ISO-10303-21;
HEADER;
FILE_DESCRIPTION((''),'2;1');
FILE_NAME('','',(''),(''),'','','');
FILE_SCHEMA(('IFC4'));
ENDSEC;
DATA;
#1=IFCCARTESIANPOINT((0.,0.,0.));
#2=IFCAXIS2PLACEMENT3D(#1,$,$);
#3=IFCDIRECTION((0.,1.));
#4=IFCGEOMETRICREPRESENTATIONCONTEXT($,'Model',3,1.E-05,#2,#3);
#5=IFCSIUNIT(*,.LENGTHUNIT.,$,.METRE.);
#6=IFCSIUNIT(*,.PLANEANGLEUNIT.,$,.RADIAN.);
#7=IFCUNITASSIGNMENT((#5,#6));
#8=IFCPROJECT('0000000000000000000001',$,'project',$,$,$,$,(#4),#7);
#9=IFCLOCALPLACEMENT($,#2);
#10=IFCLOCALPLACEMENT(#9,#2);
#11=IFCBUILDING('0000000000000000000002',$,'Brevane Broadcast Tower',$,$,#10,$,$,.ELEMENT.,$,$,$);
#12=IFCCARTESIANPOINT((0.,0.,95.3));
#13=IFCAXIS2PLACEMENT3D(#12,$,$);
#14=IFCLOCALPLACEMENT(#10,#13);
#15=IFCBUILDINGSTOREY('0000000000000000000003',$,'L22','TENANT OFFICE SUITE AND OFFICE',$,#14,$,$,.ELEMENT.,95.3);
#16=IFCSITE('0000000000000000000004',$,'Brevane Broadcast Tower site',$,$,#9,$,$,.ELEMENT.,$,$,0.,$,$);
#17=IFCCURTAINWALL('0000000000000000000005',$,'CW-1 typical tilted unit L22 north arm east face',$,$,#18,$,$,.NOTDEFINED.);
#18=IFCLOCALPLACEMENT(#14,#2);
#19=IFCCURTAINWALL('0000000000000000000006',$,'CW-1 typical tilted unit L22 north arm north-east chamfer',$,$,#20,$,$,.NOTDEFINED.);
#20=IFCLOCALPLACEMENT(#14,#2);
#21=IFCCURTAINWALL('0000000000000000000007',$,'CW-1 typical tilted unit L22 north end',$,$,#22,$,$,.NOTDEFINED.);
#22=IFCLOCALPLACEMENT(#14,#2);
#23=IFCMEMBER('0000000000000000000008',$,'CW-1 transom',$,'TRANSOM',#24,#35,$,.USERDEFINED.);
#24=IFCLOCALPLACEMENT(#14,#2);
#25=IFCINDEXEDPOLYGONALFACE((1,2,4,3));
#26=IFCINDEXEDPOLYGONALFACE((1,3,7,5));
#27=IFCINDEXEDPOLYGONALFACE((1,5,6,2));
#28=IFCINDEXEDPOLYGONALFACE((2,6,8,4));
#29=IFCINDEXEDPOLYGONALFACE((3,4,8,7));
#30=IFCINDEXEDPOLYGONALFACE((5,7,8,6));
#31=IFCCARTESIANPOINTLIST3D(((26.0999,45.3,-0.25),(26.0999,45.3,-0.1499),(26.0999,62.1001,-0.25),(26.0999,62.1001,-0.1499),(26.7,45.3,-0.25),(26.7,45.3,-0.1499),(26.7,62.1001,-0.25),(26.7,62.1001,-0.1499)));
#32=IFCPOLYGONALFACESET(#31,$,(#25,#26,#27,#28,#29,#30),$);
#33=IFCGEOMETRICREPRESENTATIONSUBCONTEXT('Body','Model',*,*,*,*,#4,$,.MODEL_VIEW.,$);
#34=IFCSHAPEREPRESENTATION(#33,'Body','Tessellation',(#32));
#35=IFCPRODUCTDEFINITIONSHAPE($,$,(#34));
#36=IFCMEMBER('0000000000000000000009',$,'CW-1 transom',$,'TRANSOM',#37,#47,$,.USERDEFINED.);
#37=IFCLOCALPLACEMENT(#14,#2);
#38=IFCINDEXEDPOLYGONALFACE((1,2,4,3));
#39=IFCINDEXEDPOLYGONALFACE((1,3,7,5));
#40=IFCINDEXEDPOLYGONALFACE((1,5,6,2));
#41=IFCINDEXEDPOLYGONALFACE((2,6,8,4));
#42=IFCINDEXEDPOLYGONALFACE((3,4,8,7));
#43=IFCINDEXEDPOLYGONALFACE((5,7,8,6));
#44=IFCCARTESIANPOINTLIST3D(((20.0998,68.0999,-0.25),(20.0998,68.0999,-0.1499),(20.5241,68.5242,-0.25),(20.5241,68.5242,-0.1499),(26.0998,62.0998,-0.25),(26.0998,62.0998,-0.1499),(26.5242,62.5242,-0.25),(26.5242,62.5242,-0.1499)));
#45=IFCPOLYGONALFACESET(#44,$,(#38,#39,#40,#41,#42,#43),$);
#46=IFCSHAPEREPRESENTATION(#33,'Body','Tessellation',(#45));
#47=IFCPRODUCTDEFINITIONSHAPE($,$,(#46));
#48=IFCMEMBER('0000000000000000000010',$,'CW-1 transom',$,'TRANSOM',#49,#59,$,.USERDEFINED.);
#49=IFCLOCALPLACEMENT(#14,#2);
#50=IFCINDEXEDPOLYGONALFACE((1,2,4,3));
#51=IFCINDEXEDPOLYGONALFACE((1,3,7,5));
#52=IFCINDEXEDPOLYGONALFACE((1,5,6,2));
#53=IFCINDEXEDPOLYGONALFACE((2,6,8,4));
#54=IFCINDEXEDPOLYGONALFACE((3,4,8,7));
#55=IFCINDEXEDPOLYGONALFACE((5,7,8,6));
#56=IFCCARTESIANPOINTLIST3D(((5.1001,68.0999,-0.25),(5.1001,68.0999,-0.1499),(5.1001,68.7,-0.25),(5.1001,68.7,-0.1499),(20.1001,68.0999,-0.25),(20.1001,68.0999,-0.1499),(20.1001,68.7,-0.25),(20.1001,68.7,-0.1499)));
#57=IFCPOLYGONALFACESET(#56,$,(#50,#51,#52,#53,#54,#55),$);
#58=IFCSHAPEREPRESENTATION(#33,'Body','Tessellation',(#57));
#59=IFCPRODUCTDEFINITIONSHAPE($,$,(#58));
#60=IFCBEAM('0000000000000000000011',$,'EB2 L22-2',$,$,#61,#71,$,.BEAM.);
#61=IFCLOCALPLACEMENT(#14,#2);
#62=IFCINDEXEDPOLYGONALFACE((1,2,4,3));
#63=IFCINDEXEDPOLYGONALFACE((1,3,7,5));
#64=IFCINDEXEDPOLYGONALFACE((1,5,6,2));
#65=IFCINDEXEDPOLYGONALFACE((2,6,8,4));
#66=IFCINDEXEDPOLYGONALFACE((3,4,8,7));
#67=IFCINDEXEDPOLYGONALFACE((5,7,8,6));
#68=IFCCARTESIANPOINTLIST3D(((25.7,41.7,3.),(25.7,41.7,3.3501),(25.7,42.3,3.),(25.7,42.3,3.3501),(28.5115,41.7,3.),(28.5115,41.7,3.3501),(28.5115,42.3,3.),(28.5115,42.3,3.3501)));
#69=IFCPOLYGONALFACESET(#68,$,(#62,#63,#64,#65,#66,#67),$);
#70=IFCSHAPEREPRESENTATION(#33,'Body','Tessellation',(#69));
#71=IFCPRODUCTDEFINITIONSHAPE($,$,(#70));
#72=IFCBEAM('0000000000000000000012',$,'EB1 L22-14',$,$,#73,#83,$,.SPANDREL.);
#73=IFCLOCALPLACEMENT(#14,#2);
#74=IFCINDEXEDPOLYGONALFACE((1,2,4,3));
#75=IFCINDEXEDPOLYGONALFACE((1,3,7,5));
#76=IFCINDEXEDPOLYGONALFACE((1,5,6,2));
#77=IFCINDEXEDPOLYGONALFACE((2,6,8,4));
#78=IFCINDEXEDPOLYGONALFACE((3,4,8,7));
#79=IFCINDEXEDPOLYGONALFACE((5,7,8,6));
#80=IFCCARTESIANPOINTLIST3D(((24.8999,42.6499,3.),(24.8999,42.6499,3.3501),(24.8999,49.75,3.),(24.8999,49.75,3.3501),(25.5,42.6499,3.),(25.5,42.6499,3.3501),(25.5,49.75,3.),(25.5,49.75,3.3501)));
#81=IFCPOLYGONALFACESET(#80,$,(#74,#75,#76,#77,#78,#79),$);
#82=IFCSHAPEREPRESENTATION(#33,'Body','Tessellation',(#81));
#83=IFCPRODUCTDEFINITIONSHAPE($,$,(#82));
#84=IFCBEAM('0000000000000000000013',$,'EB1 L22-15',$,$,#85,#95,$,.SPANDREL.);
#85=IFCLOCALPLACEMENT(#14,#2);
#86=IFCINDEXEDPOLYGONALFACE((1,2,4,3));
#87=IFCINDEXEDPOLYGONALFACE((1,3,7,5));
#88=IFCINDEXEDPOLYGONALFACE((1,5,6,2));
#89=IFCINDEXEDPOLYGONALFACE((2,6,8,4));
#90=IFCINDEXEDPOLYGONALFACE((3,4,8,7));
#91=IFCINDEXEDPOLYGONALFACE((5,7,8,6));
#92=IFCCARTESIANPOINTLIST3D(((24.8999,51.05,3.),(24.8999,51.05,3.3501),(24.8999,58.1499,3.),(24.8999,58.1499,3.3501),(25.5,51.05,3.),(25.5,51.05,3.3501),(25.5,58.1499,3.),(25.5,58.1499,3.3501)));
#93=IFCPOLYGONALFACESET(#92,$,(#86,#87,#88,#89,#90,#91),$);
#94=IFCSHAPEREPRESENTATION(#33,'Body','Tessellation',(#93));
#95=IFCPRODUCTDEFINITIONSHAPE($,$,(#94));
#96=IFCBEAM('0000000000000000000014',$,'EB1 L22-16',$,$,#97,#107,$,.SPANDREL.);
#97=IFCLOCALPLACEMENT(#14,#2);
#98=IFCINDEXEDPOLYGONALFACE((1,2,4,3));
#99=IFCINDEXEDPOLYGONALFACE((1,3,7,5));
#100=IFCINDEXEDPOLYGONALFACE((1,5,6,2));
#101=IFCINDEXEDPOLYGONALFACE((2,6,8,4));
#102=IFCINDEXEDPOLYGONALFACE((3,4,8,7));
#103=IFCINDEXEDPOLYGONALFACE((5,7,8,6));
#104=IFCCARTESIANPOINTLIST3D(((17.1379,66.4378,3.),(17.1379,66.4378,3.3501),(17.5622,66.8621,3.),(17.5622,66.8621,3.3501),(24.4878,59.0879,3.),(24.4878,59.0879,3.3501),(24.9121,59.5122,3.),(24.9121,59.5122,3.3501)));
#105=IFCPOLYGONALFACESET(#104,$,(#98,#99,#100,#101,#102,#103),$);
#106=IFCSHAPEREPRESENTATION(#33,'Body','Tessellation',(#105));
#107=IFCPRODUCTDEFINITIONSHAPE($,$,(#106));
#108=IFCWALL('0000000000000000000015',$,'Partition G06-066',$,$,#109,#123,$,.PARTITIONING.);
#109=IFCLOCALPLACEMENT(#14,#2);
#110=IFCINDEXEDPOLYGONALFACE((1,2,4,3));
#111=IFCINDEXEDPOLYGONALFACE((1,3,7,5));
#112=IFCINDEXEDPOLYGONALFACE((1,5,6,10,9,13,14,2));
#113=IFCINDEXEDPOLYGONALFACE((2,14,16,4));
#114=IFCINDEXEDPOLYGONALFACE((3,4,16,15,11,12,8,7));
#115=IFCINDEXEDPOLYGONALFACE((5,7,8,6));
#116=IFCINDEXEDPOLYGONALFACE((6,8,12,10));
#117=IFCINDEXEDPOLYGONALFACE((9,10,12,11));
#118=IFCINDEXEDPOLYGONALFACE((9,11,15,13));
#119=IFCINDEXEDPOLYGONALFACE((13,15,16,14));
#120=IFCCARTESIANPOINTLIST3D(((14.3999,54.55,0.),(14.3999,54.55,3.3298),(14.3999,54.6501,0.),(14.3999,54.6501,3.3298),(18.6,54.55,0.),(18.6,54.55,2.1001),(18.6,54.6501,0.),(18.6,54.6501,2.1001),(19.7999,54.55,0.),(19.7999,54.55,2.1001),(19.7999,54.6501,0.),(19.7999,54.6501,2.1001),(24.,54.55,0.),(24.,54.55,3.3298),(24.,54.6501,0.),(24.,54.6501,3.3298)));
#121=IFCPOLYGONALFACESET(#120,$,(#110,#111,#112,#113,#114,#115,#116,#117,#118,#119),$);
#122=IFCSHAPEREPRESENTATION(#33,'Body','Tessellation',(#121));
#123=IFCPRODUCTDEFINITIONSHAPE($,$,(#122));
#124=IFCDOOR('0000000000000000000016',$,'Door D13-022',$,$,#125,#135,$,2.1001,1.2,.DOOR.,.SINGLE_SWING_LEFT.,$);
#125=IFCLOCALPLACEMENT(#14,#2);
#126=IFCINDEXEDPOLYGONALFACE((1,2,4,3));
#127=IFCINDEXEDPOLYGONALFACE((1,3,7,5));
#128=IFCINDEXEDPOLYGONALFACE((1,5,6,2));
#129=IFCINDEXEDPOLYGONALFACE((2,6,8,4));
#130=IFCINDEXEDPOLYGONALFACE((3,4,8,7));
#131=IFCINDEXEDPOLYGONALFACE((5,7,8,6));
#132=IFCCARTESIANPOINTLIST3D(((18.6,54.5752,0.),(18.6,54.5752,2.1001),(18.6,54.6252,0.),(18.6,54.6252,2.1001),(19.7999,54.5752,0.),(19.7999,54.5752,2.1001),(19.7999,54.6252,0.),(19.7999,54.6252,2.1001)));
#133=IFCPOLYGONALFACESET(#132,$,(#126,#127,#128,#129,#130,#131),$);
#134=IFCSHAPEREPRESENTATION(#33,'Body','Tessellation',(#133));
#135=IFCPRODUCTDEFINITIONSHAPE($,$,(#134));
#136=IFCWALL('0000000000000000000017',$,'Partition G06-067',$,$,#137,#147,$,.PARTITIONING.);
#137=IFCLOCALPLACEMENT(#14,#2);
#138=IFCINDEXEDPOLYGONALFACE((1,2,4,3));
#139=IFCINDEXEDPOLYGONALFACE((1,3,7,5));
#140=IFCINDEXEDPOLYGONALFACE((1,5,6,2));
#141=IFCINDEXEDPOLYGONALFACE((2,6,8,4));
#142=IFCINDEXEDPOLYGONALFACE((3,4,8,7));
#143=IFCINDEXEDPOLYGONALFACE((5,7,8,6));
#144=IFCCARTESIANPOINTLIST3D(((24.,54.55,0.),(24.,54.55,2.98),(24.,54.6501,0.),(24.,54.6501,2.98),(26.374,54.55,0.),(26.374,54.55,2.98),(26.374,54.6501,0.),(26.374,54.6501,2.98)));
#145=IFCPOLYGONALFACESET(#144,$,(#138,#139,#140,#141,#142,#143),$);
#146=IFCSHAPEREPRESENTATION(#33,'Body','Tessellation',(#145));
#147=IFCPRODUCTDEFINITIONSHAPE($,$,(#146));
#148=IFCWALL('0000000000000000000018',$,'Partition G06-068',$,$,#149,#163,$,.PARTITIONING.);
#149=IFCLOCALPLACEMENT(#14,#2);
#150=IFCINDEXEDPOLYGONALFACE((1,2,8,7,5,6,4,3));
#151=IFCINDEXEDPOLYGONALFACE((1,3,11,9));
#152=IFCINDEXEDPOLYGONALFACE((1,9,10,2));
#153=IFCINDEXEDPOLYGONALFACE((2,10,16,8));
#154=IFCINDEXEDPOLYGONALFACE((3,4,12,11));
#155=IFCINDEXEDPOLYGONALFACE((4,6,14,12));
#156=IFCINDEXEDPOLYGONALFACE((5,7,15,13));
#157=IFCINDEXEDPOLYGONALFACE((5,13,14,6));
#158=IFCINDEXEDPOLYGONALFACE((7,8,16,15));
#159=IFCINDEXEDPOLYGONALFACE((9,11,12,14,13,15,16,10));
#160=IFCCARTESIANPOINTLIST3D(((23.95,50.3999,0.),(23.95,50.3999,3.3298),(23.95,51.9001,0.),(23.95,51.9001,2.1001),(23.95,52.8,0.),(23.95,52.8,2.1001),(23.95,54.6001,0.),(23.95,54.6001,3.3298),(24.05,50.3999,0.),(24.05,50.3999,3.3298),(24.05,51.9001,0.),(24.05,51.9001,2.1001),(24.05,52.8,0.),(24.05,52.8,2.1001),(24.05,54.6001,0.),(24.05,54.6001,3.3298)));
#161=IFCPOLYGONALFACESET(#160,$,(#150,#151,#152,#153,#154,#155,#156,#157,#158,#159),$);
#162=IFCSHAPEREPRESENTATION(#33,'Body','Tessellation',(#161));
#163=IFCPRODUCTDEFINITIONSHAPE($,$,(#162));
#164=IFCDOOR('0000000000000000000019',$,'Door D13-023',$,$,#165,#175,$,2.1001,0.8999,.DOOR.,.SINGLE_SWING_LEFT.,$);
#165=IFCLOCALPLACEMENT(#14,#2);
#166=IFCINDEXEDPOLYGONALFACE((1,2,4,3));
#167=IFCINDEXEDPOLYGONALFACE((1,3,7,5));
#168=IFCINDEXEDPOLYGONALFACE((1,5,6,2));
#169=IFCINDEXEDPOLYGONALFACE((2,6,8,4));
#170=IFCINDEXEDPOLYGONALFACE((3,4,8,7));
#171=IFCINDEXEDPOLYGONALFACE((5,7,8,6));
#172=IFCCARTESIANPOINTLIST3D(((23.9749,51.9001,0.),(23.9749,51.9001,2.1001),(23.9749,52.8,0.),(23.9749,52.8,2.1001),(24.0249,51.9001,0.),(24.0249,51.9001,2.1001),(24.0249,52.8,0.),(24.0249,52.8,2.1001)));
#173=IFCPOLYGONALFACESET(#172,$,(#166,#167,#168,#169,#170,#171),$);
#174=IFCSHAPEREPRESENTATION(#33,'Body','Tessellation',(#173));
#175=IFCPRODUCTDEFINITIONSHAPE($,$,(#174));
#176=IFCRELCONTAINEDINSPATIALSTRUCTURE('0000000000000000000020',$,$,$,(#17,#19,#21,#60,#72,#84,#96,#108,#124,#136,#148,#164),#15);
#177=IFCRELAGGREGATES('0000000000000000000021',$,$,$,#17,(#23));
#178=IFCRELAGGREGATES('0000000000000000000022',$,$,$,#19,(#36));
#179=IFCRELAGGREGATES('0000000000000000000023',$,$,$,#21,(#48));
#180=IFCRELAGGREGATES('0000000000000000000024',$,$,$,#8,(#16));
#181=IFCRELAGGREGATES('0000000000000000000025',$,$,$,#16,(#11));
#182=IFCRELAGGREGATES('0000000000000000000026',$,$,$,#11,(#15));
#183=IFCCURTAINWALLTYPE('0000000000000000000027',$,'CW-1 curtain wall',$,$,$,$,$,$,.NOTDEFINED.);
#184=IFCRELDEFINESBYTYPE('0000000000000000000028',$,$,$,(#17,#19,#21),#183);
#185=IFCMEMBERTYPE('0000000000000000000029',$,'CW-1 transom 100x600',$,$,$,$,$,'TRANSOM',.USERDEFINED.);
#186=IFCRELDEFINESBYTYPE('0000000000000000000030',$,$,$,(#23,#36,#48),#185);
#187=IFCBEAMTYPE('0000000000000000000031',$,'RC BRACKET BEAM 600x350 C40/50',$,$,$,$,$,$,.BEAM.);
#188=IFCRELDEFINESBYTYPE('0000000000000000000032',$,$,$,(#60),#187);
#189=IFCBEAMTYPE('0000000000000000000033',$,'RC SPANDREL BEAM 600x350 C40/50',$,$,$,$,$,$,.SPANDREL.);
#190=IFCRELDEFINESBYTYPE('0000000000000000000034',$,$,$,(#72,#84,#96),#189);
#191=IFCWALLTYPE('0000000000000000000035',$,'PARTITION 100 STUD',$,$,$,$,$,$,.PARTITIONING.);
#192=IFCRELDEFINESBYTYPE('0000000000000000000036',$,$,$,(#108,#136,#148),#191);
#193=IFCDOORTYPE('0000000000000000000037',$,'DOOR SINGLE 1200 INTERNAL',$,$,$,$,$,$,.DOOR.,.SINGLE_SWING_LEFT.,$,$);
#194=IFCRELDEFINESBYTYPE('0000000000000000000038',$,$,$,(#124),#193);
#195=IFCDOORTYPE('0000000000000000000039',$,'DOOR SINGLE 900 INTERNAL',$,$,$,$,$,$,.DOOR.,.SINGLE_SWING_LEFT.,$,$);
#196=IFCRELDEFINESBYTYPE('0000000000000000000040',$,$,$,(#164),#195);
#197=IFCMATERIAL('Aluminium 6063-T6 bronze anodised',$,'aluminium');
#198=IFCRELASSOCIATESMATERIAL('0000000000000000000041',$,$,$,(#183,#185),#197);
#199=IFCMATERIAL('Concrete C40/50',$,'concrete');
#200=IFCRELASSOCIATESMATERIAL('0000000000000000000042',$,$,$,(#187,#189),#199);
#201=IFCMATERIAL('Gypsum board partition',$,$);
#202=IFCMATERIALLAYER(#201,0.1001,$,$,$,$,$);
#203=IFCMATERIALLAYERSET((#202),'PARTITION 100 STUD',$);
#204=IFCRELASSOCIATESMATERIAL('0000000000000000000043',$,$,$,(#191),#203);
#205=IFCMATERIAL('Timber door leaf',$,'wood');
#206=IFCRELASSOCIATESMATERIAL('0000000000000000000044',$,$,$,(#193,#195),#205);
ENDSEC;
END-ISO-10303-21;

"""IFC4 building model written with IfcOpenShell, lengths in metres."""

from ifc_helpers import new_model, si_unit, direction, frame, frame_2d, origin, origin_2d, place, context, subcontext, project, spatial, rectangle, extrude, material, layer, layer_set, material_profile, profile_set, type_object, element, fill, aggregate, save


model = new_model("IFC4")

# Units and contexts
model_context = context("Model", 3, precision=1e-05, world=origin(), true_north=direction((0.0, 1.0)))
body_context = subcontext(model_context, "Body", "Model", "MODEL_VIEW")
ifc_project = project(units=[si_unit("LENGTHUNIT", "METRE"), si_unit("PLANEANGLEUNIT", "RADIAN")], contexts=[model_context])

# Site, building, storey
site_placement = place(None, origin())
site = spatial("IfcSite", under=ifc_project, at=site_placement, Name="Brevane Broadcast Tower site", CompositionType="ELEMENT", RefElevation=0.0)
building_placement = place(site_placement, origin())
building = spatial("IfcBuilding", under=site, at=building_placement, Name="Brevane Broadcast Tower", CompositionType="ELEMENT")
storey_placement = place(building_placement, frame((0.0, 0.0, 95.3)))
storey = spatial("IfcBuildingStorey", under=building, at=storey_placement, Name="L22", Description="TENANT OFFICE SUITE AND OFFICE", CompositionType="ELEMENT", Elevation=95.3)

# Shared definitions
ifc_material_1 = material(Name="Aluminium 6063-T6 bronze anodised", Category="aluminium")
curtain_wall_type = type_object("IfcCurtainWallType", Name="CW-1 curtain wall", PredefinedType="NOTDEFINED", material=ifc_material_1)

# Curtain walls
curtain_wall_1_placement = place(storey_placement, origin())
curtain_wall_1 = element("IfcCurtainWall", 1, at=curtain_wall_1_placement, inside=storey, type_object=curtain_wall_type, Name="CW-1 typical tilted unit L22 north arm east face", PredefinedType="NOTDEFINED")
curtain_wall_2_placement = place(storey_placement, origin())
curtain_wall_2 = element("IfcCurtainWall", 2, at=curtain_wall_2_placement, inside=storey, type_object=curtain_wall_type, Name="CW-1 typical tilted unit L22 north arm north-east chamfer", PredefinedType="NOTDEFINED")

# Curtain wall
curtain_wall_3_placement = place(storey_placement, origin())
curtain_wall_3 = element("IfcCurtainWall", 3, at=curtain_wall_3_placement, inside=storey, type_object=curtain_wall_type, Name="CW-1 typical tilted unit L22 north end", PredefinedType="NOTDEFINED")

# Members
ifc_material_profile_1 = material_profile(ifc_material_1, rectangle(XDim=0.6001, YDim=0.1001, at=origin_2d()), Name="RECT 100x600")
ifc_profile_set_1 = profile_set([ifc_material_profile_1], Name="Aluminium 6063-T6 bronze anodised")
member_type_1 = type_object("IfcMemberType", Name="CW-1 transom 100x600", ElementType="TRANSOM", PredefinedType="USERDEFINED", material=ifc_profile_set_1)
member_1_placement = place(storey_placement, frame((26.3999, 45.3, -0.2), z_axis=(0.0, 1.0, 0.0), x_axis=(-1.0, 0.0, 0.0)))
member_1 = element("IfcMember", 4, at=member_1_placement, type_object=member_type_1, Name="CW-1 transom", ObjectType="TRANSOM", PredefinedType="USERDEFINED", context=body_context, shape_type="SweptSolid", body=[
    extrude(rectangle(XDim=0.6001, YDim=0.1001, at=origin_2d()), origin(), (0.0, 0.0, 1.0), 16.8),
])
aggregate(curtain_wall_1, [member_1])
member_2_placement = place(storey_placement, frame((26.312, 62.312, -0.2), z_axis=(-0.707107, 0.707107, 0.0), x_axis=(-0.707107, -0.707107, 0.0)))
member_2 = element("IfcMember", 5, at=member_2_placement, type_object=member_type_1, Name="CW-1 transom", ObjectType="TRANSOM", PredefinedType="USERDEFINED", context=body_context, shape_type="SweptSolid", body=[
    extrude(rectangle(XDim=0.6001, YDim=0.1001, at=origin_2d()), origin(), (0.0, 0.0, 1.0), 8.4854),
])
aggregate(curtain_wall_2, [member_2])
member_3_placement = place(storey_placement, frame((20.1001, 68.3999, -0.2), z_axis=(-1.0, 0.0, 0.0), x_axis=(0.0, -1.0, 0.0)))
member_3 = element("IfcMember", 6, at=member_3_placement, type_object=member_type_1, Name="CW-1 transom", ObjectType="TRANSOM", PredefinedType="USERDEFINED", context=body_context, shape_type="SweptSolid", body=[
    extrude(rectangle(XDim=0.6001, YDim=0.1001, at=origin_2d()), origin(), (0.0, 0.0, 1.0), 15.0),
])
aggregate(curtain_wall_3, [member_3])

# Beams
ifc_material_2 = material(Name="Concrete C40/50", Category="concrete")
ifc_material_profile_2 = material_profile(ifc_material_2, rectangle(XDim=0.6001, YDim=0.3501, at=origin_2d()), Name="RC 600x350")
ifc_profile_set_2 = profile_set([ifc_material_profile_2], Name="Concrete C40/50")
beam_type_1 = type_object("IfcBeamType", Name="RC BRACKET BEAM 600x350 C40/50", PredefinedType="BEAM", material=ifc_profile_set_2)
beam_1_placement = place(storey_placement, frame((25.7, 42.0, 3.175), z_axis=(1.0, 0.0, 0.0), x_axis=(0.0, 1.0, 0.0)))
element("IfcBeam", 7, at=beam_1_placement, inside=storey, type_object=beam_type_1, Name="EB2 L22-2", PredefinedType="BEAM", context=body_context, shape_type="SweptSolid", body=[
    extrude(rectangle(XDim=0.6001, YDim=0.3501, at=origin_2d()), origin(), (0.0, 0.0, 1.0), 2.8115),
])
ifc_material_profile_3 = material_profile(ifc_material_2, rectangle(XDim=0.6001, YDim=0.3501, at=origin_2d()), Name="RC 600x350")
ifc_profile_set_3 = profile_set([ifc_material_profile_3], Name="Concrete C40/50")
beam_type_2 = type_object("IfcBeamType", Name="RC SPANDREL BEAM 600x350 C40/50", PredefinedType="SPANDREL", material=ifc_profile_set_3)
beam_2_placement = place(storey_placement, frame((25.2, 42.6499, 3.175), z_axis=(0.0, 1.0, 0.0), x_axis=(-1.0, 0.0, 0.0)))
element("IfcBeam", 8, at=beam_2_placement, inside=storey, type_object=beam_type_2, Name="EB1 L22-14", PredefinedType="SPANDREL", context=body_context, shape_type="SweptSolid", body=[
    extrude(rectangle(XDim=0.6001, YDim=0.3501, at=origin_2d()), origin(), (0.0, 0.0, 1.0), 7.1001),
])
beam_3_placement = place(storey_placement, frame((25.2, 51.05, 3.175), z_axis=(0.0, 1.0, 0.0), x_axis=(-1.0, 0.0, 0.0)))
element("IfcBeam", 9, at=beam_3_placement, inside=storey, type_object=beam_type_2, Name="EB1 L22-15", PredefinedType="SPANDREL", context=body_context, shape_type="SweptSolid", body=[
    extrude(rectangle(XDim=0.6001, YDim=0.3501, at=origin_2d()), origin(), (0.0, 0.0, 1.0), 7.0999),
])
beam_4_placement = place(storey_placement, frame((24.7, 59.3, 3.175), z_axis=(-0.707107, 0.707107, 0.0), x_axis=(-0.707107, -0.707107, 0.0)))
element("IfcBeam", 10, at=beam_4_placement, inside=storey, type_object=beam_type_2, Name="EB1 L22-16", PredefinedType="SPANDREL", context=body_context, shape_type="SweptSolid", body=[
    extrude(rectangle(XDim=0.6001, YDim=0.3501, at=origin_2d()), origin(), (0.0, 0.0, 1.0), 10.3943),
])

# Wall, opening, door
ifc_material_3 = material(Name="Gypsum board partition")
ifc_layer_1 = layer(ifc_material_3, 0.1001)
ifc_layer_set_1 = layer_set([ifc_layer_1], Name="PARTITION 100 STUD")
wall_type_1 = type_object("IfcWallType", Name="PARTITION 100 STUD", PredefinedType="PARTITIONING", material=ifc_layer_set_1)
wall_1_placement = place(storey_placement, frame((24.0, 54.6001, 0.0), z_axis=(0.0, 0.0, 1.0), x_axis=(-1.0, 0.0, 0.0)))
wall_1 = element("IfcWall", 11, at=wall_1_placement, inside=storey, type_object=wall_type_1, Name="Partition G06-066", PredefinedType="PARTITIONING", context=body_context, shape_type="SweptSolid", body=[
    extrude(rectangle(XDim=9.6001, YDim=0.1001, at=frame_2d((4.8, 0.0))), origin(), (0.0, 0.0, 1.0), 3.3298),
])
opening_1_placement = place(wall_1_placement, frame((4.2, 0.0, 0.0)))
opening_1 = element("IfcOpeningElement", 12, at=opening_1_placement, cuts=wall_1, PredefinedType="OPENING", context=body_context, shape_type="SweptSolid", body=[
    extrude(rectangle(XDim=1.2, YDim=2.1001, at=frame_2d((0.6001, 1.05))), frame((0.0, 0.0601, 0.0), z_axis=(0.0, -1.0, 0.0), x_axis=(1.0, 0.0, 0.0)), (0.0, 0.0, 1.0), 0.1201),
])
ifc_material_4 = material(Name="Timber door leaf", Category="wood")
door_type_1 = type_object("IfcDoorType", Name="DOOR SINGLE 1200 INTERNAL", OperationType="SINGLE_SWING_LEFT", PredefinedType="DOOR", material=ifc_material_4)
door_1_placement = place(opening_1_placement, origin())
door_1 = element("IfcDoor", 13, at=door_1_placement, inside=storey, type_object=door_type_1, Name="Door D13-022", OperationType="SINGLE_SWING_LEFT", OverallHeight=2.1001, OverallWidth=1.2, PredefinedType="DOOR", context=body_context, shape_type="SweptSolid", body=[
    extrude(rectangle(XDim=1.2, YDim=2.1001, at=frame_2d((0.6001, 1.05))), frame((0.0, 0.0249, 0.0), z_axis=(0.0, -1.0, 0.0), x_axis=(1.0, 0.0, 0.0)), (0.0, 0.0, 1.0), 0.05),
])
fill(opening_1, door_1)

# Wall
wall_2_placement = place(storey_placement, frame((26.374, 54.6001, 0.0), z_axis=(0.0, 0.0, 1.0), x_axis=(-1.0, 0.0, 0.0)))
element("IfcWall", 14, at=wall_2_placement, inside=storey, type_object=wall_type_1, Name="Partition G06-067", PredefinedType="PARTITIONING", context=body_context, shape_type="SweptSolid", body=[
    extrude(rectangle(XDim=2.374, YDim=0.1001, at=frame_2d((1.187, 0.0))), origin(), (0.0, 0.0, 1.0), 2.98),
])

# Wall, opening, door
wall_3_placement = place(storey_placement, frame((24.0, 54.6001, 0.0), z_axis=(0.0, 0.0, 1.0), x_axis=(0.0, -1.0, 0.0)))
wall_3 = element("IfcWall", 15, at=wall_3_placement, inside=storey, type_object=wall_type_1, Name="Partition G06-068", PredefinedType="PARTITIONING", context=body_context, shape_type="SweptSolid", body=[
    extrude(rectangle(XDim=4.2002, YDim=0.1001, at=frame_2d((2.1001, 0.0))), origin(), (0.0, 0.0, 1.0), 3.3298),
])
opening_2_placement = place(wall_3_placement, frame((1.8, 0.0, 0.0)))
opening_2 = element("IfcOpeningElement", 16, at=opening_2_placement, cuts=wall_3, PredefinedType="OPENING", context=body_context, shape_type="SweptSolid", body=[
    extrude(rectangle(XDim=0.8999, YDim=2.1001, at=frame_2d((0.45, 1.05))), frame((0.0, 0.0601, 0.0), z_axis=(0.0, -1.0, 0.0), x_axis=(1.0, 0.0, 0.0)), (0.0, 0.0, 1.0), 0.1201),
])
door_type_2 = type_object("IfcDoorType", Name="DOOR SINGLE 900 INTERNAL", OperationType="SINGLE_SWING_LEFT", PredefinedType="DOOR", material=ifc_material_4)
door_2_placement = place(opening_2_placement, origin())
door_2 = element("IfcDoor", 17, at=door_2_placement, inside=storey, type_object=door_type_2, Name="Door D13-023", OperationType="SINGLE_SWING_LEFT", OverallHeight=2.1001, OverallWidth=0.8999, PredefinedType="DOOR", context=body_context, shape_type="SweptSolid", body=[
    extrude(rectangle(XDim=0.8999, YDim=2.1001, at=frame_2d((0.45, 1.05))), frame((0.0, 0.0249, 0.0), z_axis=(0.0, -1.0, 0.0), x_axis=(1.0, 0.0, 0.0)), (0.0, 0.0, 1.0), 0.05),
])
fill(opening_2, door_2)

save(model, "model.ifc")
